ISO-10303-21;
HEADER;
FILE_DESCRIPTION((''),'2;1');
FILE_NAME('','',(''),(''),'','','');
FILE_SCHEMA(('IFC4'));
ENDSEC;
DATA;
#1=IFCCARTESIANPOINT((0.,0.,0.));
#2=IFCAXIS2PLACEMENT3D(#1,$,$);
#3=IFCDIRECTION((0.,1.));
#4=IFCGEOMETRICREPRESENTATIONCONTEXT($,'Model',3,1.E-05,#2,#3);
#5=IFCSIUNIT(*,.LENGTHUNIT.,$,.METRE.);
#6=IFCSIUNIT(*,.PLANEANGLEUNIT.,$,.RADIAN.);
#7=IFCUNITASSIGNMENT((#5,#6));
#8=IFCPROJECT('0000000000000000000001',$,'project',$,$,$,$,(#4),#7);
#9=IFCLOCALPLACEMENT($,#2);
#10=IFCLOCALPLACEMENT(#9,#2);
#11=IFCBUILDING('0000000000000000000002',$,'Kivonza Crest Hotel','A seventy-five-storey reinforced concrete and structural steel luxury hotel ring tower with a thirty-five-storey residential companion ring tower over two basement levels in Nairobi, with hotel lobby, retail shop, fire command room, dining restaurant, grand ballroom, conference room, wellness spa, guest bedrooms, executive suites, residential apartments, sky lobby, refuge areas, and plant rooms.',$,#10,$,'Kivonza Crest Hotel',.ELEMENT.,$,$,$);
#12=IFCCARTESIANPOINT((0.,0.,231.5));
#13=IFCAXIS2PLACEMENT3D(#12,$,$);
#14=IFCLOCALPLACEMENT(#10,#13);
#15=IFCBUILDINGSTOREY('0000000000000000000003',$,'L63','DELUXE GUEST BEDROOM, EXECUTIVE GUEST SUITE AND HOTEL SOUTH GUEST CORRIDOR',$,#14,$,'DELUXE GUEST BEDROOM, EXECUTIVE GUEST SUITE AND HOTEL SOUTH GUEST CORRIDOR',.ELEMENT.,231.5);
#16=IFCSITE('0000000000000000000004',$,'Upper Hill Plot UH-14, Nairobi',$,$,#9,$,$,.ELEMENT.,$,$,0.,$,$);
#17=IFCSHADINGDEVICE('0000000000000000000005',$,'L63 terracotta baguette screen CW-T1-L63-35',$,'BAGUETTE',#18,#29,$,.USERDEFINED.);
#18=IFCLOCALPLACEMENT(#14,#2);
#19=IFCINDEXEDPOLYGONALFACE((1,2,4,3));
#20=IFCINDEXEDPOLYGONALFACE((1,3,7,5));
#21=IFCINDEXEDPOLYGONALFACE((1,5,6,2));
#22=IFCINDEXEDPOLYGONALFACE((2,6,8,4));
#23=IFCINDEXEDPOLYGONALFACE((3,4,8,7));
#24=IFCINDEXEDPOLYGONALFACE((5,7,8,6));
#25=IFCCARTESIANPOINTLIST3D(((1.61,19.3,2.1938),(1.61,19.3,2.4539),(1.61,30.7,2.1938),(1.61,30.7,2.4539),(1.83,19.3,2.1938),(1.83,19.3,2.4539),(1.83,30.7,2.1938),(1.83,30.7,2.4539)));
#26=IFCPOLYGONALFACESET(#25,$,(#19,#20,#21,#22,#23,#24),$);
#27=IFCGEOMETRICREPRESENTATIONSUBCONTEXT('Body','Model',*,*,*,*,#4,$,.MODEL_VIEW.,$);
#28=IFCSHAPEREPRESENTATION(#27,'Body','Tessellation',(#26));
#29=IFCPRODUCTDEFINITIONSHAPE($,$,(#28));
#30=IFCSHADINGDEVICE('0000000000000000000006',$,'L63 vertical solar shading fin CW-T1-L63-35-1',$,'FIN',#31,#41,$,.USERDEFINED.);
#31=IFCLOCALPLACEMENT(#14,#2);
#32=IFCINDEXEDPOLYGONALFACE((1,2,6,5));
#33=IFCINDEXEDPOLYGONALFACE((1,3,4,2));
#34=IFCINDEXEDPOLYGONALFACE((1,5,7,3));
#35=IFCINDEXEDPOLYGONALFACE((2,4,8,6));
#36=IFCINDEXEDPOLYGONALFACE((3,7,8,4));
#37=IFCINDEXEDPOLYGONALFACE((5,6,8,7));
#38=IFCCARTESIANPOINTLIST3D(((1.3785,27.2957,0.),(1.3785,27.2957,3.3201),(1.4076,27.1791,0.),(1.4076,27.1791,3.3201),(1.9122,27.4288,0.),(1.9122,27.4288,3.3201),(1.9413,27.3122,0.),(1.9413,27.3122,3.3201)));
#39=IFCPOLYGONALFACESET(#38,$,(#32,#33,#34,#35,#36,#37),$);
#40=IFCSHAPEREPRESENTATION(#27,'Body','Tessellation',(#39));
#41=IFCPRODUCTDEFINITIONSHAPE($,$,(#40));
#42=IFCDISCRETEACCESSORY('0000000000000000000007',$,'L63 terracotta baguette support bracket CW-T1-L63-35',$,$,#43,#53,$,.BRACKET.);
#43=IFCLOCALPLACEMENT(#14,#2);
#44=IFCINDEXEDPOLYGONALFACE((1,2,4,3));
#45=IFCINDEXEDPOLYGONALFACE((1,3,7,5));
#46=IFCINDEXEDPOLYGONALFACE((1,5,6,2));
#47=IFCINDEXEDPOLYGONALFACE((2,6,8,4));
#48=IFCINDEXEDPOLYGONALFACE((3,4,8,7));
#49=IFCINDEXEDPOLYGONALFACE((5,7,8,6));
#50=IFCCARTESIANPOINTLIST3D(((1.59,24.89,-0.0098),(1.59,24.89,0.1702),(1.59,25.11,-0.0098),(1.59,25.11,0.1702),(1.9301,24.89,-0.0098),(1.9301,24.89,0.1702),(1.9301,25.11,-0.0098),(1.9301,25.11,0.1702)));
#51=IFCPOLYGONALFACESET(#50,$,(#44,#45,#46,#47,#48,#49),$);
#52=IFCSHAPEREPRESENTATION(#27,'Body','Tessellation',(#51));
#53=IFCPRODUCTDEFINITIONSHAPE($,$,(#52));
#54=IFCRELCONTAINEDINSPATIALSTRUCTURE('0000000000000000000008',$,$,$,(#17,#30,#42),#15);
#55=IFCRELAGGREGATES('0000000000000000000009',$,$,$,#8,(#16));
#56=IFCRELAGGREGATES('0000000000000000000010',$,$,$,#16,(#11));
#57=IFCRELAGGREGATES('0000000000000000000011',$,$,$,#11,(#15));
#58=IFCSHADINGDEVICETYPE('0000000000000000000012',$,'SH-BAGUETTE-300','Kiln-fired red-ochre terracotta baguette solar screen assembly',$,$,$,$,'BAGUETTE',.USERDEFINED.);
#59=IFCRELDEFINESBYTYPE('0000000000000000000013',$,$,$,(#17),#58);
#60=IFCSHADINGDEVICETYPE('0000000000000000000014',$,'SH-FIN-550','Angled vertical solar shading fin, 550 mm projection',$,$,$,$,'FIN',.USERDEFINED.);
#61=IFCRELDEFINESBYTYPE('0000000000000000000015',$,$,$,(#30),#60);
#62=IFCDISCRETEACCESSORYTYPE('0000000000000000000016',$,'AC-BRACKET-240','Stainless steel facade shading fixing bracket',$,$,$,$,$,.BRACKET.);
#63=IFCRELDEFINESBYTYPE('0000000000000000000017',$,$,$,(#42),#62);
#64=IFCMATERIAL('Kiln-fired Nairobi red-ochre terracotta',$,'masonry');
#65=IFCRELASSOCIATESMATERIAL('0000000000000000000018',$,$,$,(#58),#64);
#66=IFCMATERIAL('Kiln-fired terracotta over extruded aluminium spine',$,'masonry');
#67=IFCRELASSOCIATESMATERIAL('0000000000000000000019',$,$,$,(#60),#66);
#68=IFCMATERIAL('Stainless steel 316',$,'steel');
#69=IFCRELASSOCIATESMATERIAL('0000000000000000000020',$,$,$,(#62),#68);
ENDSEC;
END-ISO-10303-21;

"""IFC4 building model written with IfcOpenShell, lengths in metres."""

from ifc_helpers import new_model, si_unit, direction, frame, origin, origin_2d, place, context, subcontext, project, spatial, rectangle, extrude, material, type_object, element, save


model = new_model("IFC4")

# Units and contexts
model_context = context("Model", 3, precision=1e-05, world=origin(), true_north=direction((0.0, 1.0)))
body_context = subcontext(model_context, "Body", "Model", "MODEL_VIEW")
ifc_project = project(units=[si_unit("LENGTHUNIT", "METRE"), si_unit("PLANEANGLEUNIT", "RADIAN")], contexts=[model_context])

# Site, building, storey
site_placement = place(None, origin())
site = spatial("IfcSite", under=ifc_project, at=site_placement, Name="Upper Hill Plot UH-14, Nairobi", CompositionType="ELEMENT", RefElevation=0.0)
building_placement = place(site_placement, origin())
building = spatial("IfcBuilding", under=site, at=building_placement, Name="Kivonza Crest Hotel", Description="A seventy-five-storey reinforced concrete and structural steel luxury hotel ring tower with a thirty-five-storey residential companion ring tower over two basement levels in Nairobi, with hotel lobby, retail shop, fire command room, dining restaurant, grand ballroom, conference room, wellness spa, guest bedrooms, executive suites, residential apartments, sky lobby, refuge areas, and plant rooms.", LongName="Kivonza Crest Hotel", CompositionType="ELEMENT")
storey_placement = place(building_placement, frame((0.0, 0.0, 231.5)))
storey = spatial("IfcBuildingStorey", under=building, at=storey_placement, Name="L63", Description="DELUXE GUEST BEDROOM, EXECUTIVE GUEST SUITE AND HOTEL SOUTH GUEST CORRIDOR", LongName="DELUXE GUEST BEDROOM, EXECUTIVE GUEST SUITE AND HOTEL SOUTH GUEST CORRIDOR", CompositionType="ELEMENT", Elevation=231.5)

# Shading devices
ifc_material_1 = material(Name="Kiln-fired Nairobi red-ochre terracotta", Category="masonry")
shading_device_type_1 = type_object("IfcShadingDeviceType", Name="SH-BAGUETTE-300", Description="Kiln-fired red-ochre terracotta baguette solar screen assembly", ElementType="BAGUETTE", PredefinedType="USERDEFINED", material=ifc_material_1)
shading_device_1_placement = place(storey_placement, frame((1.72, 25.0, 2.1938), z_axis=(0.0, 0.0, 1.0), x_axis=(0.0, -1.0, 0.0)))
element("IfcShadingDevice", 1, at=shading_device_1_placement, inside=storey, type_object=shading_device_type_1, Name="L63 terracotta baguette screen CW-T1-L63-35", ObjectType="BAGUETTE", PredefinedType="USERDEFINED", context=body_context, shape_type="SweptSolid", body=[
    extrude(rectangle(XDim=11.3999, YDim=0.22, at=origin_2d()), origin(), (0.0, 0.0, 1.0), 0.26),
])
ifc_material_2 = material(Name="Kiln-fired terracotta over extruded aluminium spine", Category="masonry")
shading_device_type_2 = type_object("IfcShadingDeviceType", Name="SH-FIN-550", Description="Angled vertical solar shading fin, 550 mm projection", ElementType="FIN", PredefinedType="USERDEFINED", material=ifc_material_2)
shading_device_2_placement = place(storey_placement, frame((1.6599, 27.304, 0.0), z_axis=(0.0, 0.0, 1.0), x_axis=(0.241922, -0.970296, 0.0)))
element("IfcShadingDevice", 2, at=shading_device_2_placement, inside=storey, type_object=shading_device_type_2, Name="L63 vertical solar shading fin CW-T1-L63-35-1", ObjectType="FIN", PredefinedType="USERDEFINED", context=body_context, shape_type="SweptSolid", body=[
    extrude(rectangle(XDim=0.1201, YDim=0.55, at=origin_2d()), origin(), (0.0, 0.0, 1.0), 3.3201),
])

# Discrete accessory
ifc_material_3 = material(Name="Stainless steel 316", Category="steel")
discrete_accessory_type = type_object("IfcDiscreteAccessoryType", Name="AC-BRACKET-240", Description="Stainless steel facade shading fixing bracket", PredefinedType="BRACKET", material=ifc_material_3)
discrete_accessory_placement = place(storey_placement, frame((1.76, 25.0, -0.0098), z_axis=(0.0, 0.0, 1.0), x_axis=(0.0, -1.0, 0.0)))
element("IfcDiscreteAccessory", 3, at=discrete_accessory_placement, inside=storey, type_object=discrete_accessory_type, Name="L63 terracotta baguette support bracket CW-T1-L63-35", PredefinedType="BRACKET", context=body_context, shape_type="SweptSolid", body=[
    extrude(rectangle(XDim=0.22, YDim=0.3401, at=origin_2d()), origin(), (0.0, 0.0, 1.0), 0.1799),
])

save(model, "model.ifc")
